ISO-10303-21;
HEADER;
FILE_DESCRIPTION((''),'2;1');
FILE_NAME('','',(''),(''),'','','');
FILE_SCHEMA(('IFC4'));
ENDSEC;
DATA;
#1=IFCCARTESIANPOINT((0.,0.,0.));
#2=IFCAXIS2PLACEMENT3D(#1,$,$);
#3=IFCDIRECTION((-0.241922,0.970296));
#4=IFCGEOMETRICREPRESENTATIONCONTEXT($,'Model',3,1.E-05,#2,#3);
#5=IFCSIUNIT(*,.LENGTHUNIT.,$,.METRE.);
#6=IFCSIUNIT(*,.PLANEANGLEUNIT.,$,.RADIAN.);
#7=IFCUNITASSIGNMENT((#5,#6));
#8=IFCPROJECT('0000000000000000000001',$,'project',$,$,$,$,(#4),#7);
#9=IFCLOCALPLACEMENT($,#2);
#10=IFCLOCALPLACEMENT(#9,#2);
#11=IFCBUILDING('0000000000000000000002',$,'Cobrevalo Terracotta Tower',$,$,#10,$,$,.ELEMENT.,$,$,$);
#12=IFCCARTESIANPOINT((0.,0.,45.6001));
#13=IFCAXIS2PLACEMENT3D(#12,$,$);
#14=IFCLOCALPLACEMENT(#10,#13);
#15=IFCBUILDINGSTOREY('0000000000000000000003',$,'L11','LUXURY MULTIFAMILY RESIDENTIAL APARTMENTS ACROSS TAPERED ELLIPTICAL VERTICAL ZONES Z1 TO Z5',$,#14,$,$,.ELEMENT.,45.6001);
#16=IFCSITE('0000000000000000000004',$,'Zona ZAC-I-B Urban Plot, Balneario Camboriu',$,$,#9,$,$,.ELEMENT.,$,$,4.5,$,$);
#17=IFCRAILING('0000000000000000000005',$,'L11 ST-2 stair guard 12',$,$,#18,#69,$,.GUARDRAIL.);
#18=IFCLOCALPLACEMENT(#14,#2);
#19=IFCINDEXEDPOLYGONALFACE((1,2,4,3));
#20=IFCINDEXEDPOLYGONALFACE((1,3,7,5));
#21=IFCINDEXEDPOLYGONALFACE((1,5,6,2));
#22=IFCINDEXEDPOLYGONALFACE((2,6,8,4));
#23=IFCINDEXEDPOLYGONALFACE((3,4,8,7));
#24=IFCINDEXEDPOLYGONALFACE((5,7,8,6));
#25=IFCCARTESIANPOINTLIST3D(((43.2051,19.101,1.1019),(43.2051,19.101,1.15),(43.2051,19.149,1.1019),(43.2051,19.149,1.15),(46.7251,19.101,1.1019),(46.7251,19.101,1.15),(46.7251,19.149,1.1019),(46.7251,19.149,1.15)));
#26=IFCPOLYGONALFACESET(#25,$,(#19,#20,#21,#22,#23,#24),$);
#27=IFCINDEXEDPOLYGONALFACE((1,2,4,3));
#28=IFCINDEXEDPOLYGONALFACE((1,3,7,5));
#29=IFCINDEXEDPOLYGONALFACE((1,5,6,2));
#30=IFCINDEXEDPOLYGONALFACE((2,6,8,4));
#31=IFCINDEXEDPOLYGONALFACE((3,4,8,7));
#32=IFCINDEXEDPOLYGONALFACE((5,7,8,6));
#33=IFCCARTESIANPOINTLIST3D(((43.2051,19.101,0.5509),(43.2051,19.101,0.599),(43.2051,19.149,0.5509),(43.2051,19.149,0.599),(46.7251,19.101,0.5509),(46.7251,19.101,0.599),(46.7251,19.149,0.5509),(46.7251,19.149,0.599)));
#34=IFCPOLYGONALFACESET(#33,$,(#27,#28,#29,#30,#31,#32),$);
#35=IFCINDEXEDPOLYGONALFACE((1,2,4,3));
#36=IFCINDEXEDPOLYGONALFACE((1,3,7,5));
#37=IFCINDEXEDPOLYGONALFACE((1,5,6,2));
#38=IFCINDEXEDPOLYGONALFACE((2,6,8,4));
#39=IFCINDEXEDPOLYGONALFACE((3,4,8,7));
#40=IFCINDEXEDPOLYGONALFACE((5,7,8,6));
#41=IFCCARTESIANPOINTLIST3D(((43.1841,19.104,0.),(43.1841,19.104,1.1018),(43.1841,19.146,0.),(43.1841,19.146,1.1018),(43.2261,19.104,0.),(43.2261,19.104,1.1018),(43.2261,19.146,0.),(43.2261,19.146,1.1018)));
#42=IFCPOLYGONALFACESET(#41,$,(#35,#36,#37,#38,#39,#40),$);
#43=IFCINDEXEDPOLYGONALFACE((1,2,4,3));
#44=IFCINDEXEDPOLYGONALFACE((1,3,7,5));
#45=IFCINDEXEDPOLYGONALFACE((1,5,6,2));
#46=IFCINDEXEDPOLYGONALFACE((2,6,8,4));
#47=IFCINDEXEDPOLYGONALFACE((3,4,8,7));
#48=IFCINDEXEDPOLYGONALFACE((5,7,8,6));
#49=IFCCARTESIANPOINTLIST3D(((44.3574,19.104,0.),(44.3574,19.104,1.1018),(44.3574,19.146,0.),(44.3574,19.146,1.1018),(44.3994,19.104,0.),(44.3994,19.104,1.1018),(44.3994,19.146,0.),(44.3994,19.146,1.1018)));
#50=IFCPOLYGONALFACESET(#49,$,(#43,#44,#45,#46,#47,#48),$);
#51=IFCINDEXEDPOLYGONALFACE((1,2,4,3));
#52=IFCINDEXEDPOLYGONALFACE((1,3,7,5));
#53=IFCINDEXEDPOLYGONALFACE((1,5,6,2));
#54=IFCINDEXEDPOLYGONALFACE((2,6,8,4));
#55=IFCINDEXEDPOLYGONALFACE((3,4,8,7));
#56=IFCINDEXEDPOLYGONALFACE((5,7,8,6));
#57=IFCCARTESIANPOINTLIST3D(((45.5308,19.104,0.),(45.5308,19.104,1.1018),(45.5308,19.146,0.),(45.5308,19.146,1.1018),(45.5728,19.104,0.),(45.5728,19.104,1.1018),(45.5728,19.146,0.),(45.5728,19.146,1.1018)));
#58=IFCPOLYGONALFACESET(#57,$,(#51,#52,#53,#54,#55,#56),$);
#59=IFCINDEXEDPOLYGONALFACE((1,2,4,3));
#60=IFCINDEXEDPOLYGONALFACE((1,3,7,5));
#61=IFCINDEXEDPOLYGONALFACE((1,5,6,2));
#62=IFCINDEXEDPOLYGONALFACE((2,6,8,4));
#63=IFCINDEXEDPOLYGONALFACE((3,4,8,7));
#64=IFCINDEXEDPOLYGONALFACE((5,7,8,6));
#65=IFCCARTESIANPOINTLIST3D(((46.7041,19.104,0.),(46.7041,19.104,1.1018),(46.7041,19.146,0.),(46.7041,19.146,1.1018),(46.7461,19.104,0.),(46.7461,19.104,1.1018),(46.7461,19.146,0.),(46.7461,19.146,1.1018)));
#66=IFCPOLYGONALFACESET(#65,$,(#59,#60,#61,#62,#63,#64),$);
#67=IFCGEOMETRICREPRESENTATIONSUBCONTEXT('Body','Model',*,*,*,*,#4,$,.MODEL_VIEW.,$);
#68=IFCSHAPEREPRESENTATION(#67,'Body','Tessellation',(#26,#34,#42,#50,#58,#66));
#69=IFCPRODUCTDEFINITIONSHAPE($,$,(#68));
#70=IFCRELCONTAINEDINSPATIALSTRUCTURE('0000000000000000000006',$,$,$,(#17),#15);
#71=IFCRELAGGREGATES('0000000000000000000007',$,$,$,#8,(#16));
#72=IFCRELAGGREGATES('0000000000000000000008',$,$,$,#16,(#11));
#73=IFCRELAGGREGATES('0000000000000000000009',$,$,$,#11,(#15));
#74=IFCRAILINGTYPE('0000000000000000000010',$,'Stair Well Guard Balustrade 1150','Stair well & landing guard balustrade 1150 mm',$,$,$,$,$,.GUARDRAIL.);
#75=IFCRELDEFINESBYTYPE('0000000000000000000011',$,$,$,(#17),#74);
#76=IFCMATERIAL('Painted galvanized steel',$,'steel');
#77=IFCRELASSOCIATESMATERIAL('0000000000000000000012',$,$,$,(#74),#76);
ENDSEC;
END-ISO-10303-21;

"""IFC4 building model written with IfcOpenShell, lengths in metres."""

from ifc_helpers import new_model, si_unit, direction, frame, origin, origin_2d, place, context, subcontext, project, spatial, rectangle, extrude, material, type_object, element, save


model = new_model("IFC4")

# Units and contexts
model_context = context("Model", 3, precision=1e-05, world=origin(), true_north=direction((-0.241922, 0.970296)))
body_context = subcontext(model_context, "Body", "Model", "MODEL_VIEW")
ifc_project = project(units=[si_unit("LENGTHUNIT", "METRE"), si_unit("PLANEANGLEUNIT", "RADIAN")], contexts=[model_context])

# Site, building, storey
site_placement = place(None, origin())
site = spatial("IfcSite", under=ifc_project, at=site_placement, Name="Zona ZAC-I-B Urban Plot, Balneario Camboriu", CompositionType="ELEMENT", RefElevation=4.5)
building_placement = place(site_placement, origin())
building = spatial("IfcBuilding", under=site, at=building_placement, Name="Cobrevalo Terracotta Tower", CompositionType="ELEMENT")
storey_placement = place(building_placement, frame((0.0, 0.0, 45.6001)))
storey = spatial("IfcBuildingStorey", under=building, at=storey_placement, Name="L11", Description="LUXURY MULTIFAMILY RESIDENTIAL APARTMENTS ACROSS TAPERED ELLIPTICAL VERTICAL ZONES Z1 TO Z5", CompositionType="ELEMENT", Elevation=45.6001)

# Railing
ifc_material_1 = material(Name="Painted galvanized steel", Category="steel")
railing_type_1 = type_object("IfcRailingType", Name="Stair Well Guard Balustrade 1150", Description="Stair well & landing guard balustrade 1150 mm", PredefinedType="GUARDRAIL", material=ifc_material_1)
railing_1_placement = place(storey_placement, frame((43.2051, 19.125, 0.0)))
element("IfcRailing", 1, at=railing_1_placement, inside=storey, type_object=railing_type_1, Name="L11 ST-2 stair guard 12", PredefinedType="GUARDRAIL", context=body_context, shape_type="SweptSolid", body=[
    extrude(rectangle(XDim=0.0481, YDim=0.0481, at=origin_2d()), frame((0.0, 0.0, 1.126), z_axis=(1.0, 0.0, 0.0), x_axis=(0.0, 1.0, 0.0)), (0.0, 0.0, 1.0), 3.52),
    extrude(rectangle(XDim=0.0481, YDim=0.0481, at=origin_2d()), frame((0.0, 0.0, 0.575), z_axis=(1.0, 0.0, 0.0), x_axis=(0.0, 1.0, 0.0)), (0.0, 0.0, 1.0), 3.52),
    extrude(rectangle(XDim=0.042, YDim=0.042, at=origin_2d()), origin(), (0.0, 0.0, 1.0), 1.1018),
    extrude(rectangle(XDim=0.042, YDim=0.042, at=origin_2d()), frame((1.1733, 0.0, 0.0)), (0.0, 0.0, 1.0), 1.1018),
    extrude(rectangle(XDim=0.042, YDim=0.042, at=origin_2d()), frame((2.3467, 0.0, 0.0)), (0.0, 0.0, 1.0), 1.1018),
    extrude(rectangle(XDim=0.042, YDim=0.042, at=origin_2d()), frame((3.52, 0.0, 0.0)), (0.0, 0.0, 1.0), 1.1018),
])

save(model, "model.ifc")
